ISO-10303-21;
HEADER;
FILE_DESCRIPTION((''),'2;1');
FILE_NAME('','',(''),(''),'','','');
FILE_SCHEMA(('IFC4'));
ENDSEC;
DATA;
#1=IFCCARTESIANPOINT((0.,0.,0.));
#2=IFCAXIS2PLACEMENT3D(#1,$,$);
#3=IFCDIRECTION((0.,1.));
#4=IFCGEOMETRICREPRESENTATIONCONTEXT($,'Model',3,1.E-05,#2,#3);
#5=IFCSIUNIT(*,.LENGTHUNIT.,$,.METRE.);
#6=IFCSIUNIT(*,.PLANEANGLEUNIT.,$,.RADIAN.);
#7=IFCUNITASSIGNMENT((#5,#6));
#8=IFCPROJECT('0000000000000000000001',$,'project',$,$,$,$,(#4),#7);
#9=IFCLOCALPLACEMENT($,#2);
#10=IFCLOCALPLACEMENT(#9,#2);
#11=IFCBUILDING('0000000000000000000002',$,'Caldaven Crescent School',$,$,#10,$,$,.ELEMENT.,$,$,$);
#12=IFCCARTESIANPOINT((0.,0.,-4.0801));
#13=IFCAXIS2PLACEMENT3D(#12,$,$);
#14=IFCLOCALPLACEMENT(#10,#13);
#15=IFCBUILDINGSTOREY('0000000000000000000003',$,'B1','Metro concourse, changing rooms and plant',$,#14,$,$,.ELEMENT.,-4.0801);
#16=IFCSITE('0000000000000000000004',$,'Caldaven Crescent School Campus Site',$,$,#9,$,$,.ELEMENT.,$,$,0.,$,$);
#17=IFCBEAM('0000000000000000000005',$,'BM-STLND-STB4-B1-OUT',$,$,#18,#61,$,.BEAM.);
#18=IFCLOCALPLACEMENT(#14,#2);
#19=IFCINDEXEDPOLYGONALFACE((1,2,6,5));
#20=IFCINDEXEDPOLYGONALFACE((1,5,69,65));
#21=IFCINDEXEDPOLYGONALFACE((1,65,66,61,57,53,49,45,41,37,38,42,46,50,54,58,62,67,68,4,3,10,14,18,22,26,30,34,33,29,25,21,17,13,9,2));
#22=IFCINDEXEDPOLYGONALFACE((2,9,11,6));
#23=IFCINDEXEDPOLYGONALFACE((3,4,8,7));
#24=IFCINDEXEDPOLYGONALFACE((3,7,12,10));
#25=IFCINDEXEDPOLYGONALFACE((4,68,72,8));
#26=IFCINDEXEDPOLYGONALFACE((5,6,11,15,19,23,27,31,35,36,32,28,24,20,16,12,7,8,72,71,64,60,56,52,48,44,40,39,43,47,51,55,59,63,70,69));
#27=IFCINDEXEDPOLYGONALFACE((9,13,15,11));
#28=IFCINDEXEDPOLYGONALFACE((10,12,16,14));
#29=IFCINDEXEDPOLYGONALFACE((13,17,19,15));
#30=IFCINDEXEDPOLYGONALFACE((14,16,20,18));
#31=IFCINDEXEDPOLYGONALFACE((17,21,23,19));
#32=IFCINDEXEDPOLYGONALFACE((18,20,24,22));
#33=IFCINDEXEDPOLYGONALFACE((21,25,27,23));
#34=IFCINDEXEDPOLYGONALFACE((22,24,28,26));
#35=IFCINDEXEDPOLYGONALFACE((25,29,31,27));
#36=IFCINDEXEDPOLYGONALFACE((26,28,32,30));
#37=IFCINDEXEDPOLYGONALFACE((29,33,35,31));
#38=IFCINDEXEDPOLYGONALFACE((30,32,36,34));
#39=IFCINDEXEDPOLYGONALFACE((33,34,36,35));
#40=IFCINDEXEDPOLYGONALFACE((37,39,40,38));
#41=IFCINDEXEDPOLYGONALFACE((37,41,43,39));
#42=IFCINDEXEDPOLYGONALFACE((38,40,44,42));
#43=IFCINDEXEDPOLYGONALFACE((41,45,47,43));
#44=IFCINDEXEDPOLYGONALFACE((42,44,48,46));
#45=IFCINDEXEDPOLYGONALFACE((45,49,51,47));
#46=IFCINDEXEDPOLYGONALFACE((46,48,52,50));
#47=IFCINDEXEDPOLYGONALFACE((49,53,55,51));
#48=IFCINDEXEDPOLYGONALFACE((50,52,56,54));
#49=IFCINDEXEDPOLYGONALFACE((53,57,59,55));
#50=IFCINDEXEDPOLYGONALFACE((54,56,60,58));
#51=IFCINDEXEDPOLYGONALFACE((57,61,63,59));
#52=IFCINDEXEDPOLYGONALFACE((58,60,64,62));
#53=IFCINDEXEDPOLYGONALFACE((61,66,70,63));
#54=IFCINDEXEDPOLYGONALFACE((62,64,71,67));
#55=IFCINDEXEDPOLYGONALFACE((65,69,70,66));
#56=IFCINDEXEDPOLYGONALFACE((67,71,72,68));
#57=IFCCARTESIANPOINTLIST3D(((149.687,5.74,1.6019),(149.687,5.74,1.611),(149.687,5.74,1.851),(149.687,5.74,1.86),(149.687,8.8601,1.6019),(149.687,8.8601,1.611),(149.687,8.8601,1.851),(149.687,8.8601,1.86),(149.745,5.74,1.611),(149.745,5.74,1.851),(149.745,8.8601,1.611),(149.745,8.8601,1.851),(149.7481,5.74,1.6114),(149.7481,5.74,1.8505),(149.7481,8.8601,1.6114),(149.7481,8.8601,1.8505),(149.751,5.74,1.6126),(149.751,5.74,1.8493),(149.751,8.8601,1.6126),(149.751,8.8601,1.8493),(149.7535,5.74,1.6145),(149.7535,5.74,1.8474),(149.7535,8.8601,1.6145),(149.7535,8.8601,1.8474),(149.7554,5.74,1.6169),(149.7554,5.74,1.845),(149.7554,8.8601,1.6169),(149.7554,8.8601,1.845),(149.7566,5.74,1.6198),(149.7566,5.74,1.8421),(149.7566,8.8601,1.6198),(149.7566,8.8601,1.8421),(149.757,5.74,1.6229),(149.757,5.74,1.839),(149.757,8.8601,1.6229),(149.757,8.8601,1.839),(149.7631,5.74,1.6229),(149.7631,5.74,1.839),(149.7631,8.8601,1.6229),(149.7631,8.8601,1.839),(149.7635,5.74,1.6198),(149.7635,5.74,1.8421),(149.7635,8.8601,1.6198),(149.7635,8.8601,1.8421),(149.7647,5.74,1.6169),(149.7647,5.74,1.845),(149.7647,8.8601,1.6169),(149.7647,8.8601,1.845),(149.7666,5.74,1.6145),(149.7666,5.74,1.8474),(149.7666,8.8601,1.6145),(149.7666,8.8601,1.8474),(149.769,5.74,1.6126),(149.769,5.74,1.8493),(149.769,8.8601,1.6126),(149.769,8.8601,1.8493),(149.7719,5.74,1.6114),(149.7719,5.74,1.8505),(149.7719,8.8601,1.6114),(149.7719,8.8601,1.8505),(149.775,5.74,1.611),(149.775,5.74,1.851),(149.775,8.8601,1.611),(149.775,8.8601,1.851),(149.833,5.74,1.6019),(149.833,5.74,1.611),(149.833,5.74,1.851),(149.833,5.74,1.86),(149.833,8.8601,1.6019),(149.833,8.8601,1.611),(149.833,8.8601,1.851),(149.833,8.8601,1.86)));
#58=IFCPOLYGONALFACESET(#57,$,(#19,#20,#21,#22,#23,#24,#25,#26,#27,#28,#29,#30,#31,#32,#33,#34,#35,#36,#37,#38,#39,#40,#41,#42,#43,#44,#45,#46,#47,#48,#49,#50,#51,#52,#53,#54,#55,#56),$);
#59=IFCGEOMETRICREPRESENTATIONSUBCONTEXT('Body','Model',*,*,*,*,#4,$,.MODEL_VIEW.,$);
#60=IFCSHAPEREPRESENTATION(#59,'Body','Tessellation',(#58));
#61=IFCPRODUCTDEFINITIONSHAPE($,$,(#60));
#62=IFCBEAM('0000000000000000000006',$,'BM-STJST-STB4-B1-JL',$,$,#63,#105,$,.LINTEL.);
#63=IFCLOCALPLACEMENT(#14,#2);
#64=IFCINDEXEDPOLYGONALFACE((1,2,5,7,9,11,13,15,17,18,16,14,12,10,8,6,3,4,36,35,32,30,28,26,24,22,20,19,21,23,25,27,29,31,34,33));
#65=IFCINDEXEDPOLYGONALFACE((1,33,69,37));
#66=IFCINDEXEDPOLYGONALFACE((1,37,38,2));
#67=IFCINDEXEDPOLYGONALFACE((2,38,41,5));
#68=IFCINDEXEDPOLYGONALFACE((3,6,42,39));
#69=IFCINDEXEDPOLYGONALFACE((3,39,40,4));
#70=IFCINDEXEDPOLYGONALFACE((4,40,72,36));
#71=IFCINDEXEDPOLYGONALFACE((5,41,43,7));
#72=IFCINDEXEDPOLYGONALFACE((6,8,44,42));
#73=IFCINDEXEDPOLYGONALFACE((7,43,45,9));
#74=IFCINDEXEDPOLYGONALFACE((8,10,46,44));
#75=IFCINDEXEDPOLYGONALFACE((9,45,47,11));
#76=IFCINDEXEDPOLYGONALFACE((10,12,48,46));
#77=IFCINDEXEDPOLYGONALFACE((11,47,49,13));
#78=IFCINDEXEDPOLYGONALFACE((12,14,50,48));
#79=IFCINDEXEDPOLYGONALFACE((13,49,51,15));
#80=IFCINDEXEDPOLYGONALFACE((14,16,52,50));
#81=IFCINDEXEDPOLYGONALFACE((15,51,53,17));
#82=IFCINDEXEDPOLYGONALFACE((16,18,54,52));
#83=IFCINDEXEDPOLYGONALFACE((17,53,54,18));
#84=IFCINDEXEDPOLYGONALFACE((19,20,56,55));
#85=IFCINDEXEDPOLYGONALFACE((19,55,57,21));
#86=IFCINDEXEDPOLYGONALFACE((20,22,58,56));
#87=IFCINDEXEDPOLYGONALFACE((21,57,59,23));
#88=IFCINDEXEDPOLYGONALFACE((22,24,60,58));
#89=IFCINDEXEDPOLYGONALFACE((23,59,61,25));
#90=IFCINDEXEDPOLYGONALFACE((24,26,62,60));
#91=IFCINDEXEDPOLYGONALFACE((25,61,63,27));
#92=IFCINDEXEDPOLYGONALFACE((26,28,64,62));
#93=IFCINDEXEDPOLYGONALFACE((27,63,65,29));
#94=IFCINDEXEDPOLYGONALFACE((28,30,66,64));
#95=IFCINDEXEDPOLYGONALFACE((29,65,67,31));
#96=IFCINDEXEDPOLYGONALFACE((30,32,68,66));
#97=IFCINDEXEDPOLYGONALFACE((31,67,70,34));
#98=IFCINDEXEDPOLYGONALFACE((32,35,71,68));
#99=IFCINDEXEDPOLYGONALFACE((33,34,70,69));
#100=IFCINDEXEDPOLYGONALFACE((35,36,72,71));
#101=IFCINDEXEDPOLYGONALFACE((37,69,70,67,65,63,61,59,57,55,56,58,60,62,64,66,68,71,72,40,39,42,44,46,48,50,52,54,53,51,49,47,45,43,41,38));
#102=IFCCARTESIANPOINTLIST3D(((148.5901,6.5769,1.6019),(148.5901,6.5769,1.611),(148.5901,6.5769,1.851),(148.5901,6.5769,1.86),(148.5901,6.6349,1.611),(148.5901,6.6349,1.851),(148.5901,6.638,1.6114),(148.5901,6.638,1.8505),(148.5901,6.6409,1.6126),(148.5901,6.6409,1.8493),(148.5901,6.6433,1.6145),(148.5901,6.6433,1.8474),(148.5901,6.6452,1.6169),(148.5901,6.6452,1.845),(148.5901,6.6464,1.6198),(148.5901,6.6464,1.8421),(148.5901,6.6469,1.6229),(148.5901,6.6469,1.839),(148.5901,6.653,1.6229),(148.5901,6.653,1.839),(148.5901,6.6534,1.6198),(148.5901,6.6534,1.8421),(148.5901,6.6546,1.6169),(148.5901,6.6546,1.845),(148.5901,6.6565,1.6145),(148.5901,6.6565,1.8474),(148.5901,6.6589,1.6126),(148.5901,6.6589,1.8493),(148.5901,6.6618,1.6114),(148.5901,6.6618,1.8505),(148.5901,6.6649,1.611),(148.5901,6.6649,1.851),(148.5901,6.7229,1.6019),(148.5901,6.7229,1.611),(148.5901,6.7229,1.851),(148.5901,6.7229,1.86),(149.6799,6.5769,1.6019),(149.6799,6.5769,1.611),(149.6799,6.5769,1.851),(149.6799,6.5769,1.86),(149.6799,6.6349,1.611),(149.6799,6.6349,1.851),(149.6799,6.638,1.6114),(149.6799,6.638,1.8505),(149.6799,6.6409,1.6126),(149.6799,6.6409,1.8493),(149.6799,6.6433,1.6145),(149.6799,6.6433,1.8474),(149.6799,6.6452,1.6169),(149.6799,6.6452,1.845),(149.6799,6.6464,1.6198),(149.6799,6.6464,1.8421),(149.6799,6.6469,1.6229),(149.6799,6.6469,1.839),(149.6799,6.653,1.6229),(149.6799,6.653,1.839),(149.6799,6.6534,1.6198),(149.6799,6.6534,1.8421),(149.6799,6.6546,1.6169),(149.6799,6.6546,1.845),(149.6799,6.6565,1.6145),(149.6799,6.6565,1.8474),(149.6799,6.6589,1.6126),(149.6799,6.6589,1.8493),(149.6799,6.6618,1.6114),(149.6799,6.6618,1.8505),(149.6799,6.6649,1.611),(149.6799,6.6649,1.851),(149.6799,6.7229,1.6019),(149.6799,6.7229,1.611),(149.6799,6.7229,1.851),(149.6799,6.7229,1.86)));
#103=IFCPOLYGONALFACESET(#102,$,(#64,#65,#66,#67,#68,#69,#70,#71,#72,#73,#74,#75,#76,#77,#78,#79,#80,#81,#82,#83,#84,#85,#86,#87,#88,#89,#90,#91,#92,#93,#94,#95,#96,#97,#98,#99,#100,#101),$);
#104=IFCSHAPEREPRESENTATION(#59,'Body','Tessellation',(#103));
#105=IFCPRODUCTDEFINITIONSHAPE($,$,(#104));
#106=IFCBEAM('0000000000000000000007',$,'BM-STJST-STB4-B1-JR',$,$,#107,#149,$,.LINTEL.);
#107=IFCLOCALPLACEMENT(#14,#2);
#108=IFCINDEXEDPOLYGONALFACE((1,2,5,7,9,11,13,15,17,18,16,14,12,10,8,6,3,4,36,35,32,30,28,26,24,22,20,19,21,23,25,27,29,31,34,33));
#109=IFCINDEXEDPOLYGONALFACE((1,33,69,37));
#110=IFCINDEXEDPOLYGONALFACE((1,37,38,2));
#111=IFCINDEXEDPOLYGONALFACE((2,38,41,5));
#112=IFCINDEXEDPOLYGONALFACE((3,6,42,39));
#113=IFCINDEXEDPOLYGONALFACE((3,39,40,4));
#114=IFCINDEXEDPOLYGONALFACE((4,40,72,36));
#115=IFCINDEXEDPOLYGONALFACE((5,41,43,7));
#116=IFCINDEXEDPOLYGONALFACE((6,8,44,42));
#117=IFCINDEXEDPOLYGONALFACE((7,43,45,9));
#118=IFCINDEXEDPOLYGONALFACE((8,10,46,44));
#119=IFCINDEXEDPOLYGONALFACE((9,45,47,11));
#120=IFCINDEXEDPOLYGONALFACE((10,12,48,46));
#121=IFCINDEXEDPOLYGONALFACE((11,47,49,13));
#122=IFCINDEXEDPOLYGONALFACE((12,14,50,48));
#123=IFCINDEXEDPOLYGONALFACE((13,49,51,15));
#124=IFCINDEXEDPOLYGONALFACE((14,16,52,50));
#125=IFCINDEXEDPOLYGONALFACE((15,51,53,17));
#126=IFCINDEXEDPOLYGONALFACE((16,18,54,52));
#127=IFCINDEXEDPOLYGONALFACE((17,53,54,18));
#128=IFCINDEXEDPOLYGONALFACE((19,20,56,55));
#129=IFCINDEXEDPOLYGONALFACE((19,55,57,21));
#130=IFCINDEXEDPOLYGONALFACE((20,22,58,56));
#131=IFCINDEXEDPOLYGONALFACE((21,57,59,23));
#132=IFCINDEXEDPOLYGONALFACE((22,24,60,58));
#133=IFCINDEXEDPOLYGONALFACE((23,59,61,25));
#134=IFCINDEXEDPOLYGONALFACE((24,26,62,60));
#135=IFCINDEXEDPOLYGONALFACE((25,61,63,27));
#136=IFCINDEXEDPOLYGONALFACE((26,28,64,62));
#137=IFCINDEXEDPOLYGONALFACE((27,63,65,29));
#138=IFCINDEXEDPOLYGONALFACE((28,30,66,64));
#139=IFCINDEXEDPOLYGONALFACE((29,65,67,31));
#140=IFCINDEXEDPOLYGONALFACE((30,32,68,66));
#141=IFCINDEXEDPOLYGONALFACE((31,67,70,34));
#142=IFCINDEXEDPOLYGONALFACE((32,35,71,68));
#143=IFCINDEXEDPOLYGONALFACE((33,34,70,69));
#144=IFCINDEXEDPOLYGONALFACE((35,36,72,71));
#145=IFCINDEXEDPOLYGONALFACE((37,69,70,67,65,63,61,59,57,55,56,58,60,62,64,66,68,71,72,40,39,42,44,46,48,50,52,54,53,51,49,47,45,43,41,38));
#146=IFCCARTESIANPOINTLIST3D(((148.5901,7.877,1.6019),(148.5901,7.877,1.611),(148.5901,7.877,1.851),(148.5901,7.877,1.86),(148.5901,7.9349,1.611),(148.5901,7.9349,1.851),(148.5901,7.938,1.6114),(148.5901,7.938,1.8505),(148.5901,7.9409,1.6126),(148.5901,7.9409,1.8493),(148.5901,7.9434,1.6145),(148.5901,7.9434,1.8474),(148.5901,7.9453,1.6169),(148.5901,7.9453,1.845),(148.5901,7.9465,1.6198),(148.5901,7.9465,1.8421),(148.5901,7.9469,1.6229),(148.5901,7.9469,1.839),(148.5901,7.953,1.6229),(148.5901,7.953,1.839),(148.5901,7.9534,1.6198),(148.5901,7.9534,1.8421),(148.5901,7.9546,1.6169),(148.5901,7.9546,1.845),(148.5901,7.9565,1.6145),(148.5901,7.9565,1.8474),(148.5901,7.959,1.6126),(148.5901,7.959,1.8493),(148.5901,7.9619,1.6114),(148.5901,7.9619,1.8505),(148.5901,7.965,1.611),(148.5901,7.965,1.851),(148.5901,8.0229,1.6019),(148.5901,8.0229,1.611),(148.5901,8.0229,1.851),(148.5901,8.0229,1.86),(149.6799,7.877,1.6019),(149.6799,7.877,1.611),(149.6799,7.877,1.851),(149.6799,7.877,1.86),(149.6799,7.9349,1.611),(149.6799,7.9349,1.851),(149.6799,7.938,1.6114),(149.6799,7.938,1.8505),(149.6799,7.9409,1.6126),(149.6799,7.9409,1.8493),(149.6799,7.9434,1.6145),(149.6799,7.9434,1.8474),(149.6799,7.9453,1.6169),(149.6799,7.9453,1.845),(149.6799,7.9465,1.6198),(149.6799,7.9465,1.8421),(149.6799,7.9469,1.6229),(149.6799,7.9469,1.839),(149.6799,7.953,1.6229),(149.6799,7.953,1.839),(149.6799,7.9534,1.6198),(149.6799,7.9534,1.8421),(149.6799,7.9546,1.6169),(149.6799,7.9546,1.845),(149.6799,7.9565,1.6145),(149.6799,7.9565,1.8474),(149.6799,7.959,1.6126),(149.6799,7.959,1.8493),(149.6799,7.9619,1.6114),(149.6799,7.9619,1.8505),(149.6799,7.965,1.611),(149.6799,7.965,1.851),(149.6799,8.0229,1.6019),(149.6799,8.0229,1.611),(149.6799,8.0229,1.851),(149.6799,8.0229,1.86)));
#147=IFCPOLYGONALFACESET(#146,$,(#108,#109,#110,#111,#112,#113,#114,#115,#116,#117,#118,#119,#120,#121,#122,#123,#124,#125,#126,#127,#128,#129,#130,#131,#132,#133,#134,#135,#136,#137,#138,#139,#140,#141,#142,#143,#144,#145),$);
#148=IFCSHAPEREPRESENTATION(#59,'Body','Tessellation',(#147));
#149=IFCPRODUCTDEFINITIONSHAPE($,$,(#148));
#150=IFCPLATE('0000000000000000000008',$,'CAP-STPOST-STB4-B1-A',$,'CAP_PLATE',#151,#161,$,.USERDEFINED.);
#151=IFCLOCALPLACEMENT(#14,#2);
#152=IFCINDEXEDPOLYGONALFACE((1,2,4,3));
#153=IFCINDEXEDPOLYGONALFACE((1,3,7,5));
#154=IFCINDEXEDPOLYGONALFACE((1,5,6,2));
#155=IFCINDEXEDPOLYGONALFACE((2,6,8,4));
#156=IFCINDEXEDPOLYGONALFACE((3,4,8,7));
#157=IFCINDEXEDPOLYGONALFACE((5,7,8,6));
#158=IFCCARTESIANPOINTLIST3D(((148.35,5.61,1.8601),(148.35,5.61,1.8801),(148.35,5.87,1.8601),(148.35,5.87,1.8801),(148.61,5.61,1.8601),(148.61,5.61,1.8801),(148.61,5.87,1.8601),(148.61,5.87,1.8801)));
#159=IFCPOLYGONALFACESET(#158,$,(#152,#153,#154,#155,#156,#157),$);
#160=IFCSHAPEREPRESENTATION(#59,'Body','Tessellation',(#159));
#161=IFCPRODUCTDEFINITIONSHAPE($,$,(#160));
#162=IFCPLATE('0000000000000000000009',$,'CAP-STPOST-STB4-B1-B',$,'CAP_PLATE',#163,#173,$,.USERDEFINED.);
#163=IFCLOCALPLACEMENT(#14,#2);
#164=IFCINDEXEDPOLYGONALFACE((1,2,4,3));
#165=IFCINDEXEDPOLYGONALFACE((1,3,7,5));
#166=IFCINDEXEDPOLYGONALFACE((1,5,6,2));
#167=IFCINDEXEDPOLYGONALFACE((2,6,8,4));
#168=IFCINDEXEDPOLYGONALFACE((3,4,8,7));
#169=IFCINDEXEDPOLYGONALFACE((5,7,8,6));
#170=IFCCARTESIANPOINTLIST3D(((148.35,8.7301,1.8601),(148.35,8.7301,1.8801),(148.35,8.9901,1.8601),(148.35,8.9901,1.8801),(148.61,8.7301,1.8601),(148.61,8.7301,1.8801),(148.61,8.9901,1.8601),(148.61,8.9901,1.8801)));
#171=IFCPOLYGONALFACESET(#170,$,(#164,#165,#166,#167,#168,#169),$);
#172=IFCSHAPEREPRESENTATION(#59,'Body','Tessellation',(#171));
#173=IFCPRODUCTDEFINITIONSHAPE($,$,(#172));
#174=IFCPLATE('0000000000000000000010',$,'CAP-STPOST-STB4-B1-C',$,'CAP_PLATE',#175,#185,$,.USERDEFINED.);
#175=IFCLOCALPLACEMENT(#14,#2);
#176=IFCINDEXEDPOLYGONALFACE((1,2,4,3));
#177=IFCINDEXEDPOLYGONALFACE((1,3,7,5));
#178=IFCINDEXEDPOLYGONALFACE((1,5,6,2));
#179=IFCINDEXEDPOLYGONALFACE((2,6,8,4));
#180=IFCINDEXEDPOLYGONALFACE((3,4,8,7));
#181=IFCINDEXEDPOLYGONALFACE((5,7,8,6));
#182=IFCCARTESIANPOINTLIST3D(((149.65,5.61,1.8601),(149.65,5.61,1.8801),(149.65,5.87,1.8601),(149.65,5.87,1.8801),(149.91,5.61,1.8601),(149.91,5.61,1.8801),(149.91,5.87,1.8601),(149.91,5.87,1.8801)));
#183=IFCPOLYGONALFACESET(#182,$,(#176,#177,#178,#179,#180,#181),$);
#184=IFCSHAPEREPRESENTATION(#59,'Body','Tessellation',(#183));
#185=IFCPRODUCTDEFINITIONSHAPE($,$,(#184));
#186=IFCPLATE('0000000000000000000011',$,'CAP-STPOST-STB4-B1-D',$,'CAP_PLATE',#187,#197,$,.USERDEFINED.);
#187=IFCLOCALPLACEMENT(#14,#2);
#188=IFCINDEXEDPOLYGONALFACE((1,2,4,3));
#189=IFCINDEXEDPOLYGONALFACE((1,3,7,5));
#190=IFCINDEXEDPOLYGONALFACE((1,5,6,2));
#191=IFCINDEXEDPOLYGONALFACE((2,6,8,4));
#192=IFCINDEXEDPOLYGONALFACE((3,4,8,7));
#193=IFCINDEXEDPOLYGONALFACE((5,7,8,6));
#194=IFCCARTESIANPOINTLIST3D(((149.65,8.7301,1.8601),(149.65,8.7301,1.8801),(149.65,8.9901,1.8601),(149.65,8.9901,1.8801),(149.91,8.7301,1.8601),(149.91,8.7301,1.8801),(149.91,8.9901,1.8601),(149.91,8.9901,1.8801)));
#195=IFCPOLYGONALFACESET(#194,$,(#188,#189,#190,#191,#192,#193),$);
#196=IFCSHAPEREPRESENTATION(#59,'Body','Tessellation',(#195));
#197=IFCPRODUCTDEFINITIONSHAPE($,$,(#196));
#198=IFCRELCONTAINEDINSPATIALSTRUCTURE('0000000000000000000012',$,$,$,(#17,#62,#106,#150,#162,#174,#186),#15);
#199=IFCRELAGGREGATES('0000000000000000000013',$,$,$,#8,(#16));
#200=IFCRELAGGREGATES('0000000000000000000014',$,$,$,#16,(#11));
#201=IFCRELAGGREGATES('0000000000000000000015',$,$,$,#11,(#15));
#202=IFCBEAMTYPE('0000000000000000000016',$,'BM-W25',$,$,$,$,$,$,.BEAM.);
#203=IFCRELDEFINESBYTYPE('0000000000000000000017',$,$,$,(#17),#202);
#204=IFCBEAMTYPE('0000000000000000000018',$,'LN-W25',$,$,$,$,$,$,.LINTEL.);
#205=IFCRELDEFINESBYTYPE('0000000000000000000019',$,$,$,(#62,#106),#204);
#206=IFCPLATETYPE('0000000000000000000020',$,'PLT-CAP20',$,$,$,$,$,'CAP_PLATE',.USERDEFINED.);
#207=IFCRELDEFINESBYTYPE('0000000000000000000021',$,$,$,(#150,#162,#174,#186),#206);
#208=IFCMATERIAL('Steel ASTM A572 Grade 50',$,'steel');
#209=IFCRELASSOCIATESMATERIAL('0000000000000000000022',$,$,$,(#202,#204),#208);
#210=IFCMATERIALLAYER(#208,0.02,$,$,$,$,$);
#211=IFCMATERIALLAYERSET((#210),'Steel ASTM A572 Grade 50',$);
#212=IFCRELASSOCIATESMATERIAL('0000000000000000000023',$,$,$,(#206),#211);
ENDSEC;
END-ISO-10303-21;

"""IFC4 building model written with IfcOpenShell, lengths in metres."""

from ifc_helpers import new_model, si_unit, direction, frame, origin, origin_2d, place, context, subcontext, project, spatial, rectangle, i_section, extrude, material, layer, layer_set, material_profile, profile_set, type_object, element, save


model = new_model("IFC4")

# Units and contexts
model_context = context("Model", 3, precision=1e-05, world=origin(), true_north=direction((0.0, 1.0)))
body_context = subcontext(model_context, "Body", "Model", "MODEL_VIEW")
ifc_project = project(units=[si_unit("LENGTHUNIT", "METRE"), si_unit("PLANEANGLEUNIT", "RADIAN")], contexts=[model_context])

# Site, building, storey
site_placement = place(None, origin())
site = spatial("IfcSite", under=ifc_project, at=site_placement, Name="Caldaven Crescent School Campus Site", CompositionType="ELEMENT", RefElevation=0.0)
building_placement = place(site_placement, origin())
building = spatial("IfcBuilding", under=site, at=building_placement, Name="Caldaven Crescent School", CompositionType="ELEMENT")
storey_placement = place(building_placement, frame((0.0, 0.0, -4.0801)))
storey = spatial("IfcBuildingStorey", under=building, at=storey_placement, Name="B1", Description="Metro concourse, changing rooms and plant", CompositionType="ELEMENT", Elevation=-4.0801)

# Shared definitions
ifc_material_1 = material(Name="Steel ASTM A572 Grade 50", Category="steel")

# Beams
ifc_material_profile_1 = material_profile(ifc_material_1, i_section(OverallWidth=0.146, OverallDepth=0.2581, WebThickness=0.0061, FlangeThickness=0.009, FilletRadius=0.012, at=origin_2d()), Name="W250x33")
ifc_profile_set_1 = profile_set([ifc_material_profile_1], Name="Steel ASTM A572 Grade 50")
beam_type_1 = type_object("IfcBeamType", Name="BM-W25", PredefinedType="BEAM", material=ifc_profile_set_1)
for number, where, z_axis, x_axis, name in (
    (1, (149.76, 5.74, 1.731), (0.0, 1.0, 0.0), (-1.0, 0.0, 0.0), "BM-STLND-STB4-B1-OUT"),
):
    element("IfcBeam", number, at=place(storey_placement, frame(where, z_axis=z_axis, x_axis=x_axis)), inside=storey, type_object=beam_type_1, Name=name, PredefinedType="BEAM", context=body_context, shape_type="SweptSolid", body=[
        extrude(i_section(OverallWidth=0.146, OverallDepth=0.2581, WebThickness=0.0061, FlangeThickness=0.009, FilletRadius=0.012, at=origin_2d()), origin(), (0.0, 0.0, 1.0), 3.1201),
    ])
ifc_material_profile_2 = material_profile(ifc_material_1, i_section(OverallWidth=0.146, OverallDepth=0.2581, WebThickness=0.0061, FlangeThickness=0.009, FilletRadius=0.012, at=origin_2d()), Name="W250x33")
ifc_profile_set_2 = profile_set([ifc_material_profile_2], Name="Steel ASTM A572 Grade 50")
beam_type_2 = type_object("IfcBeamType", Name="LN-W25", PredefinedType="LINTEL", material=ifc_profile_set_2)
for number, where, z_axis, x_axis, name in (
    (2, (148.5901, 6.6499, 1.731), (1.0, 0.0, 0.0), (0.0, 1.0, 0.0), "BM-STJST-STB4-B1-JL"),
    (3, (148.5901, 7.95, 1.731), (1.0, 0.0, 0.0), (0.0, 1.0, 0.0), "BM-STJST-STB4-B1-JR"),
):
    element("IfcBeam", number, at=place(storey_placement, frame(where, z_axis=z_axis, x_axis=x_axis)), inside=storey, type_object=beam_type_2, Name=name, PredefinedType="LINTEL", context=body_context, shape_type="SweptSolid", body=[
        extrude(i_section(OverallWidth=0.146, OverallDepth=0.2581, WebThickness=0.0061, FlangeThickness=0.009, FilletRadius=0.012, at=origin_2d()), origin(), (0.0, 0.0, 1.0), 1.0898),
    ])

# Plates
ifc_layer_1 = layer(ifc_material_1, 0.02)
ifc_layer_set_1 = layer_set([ifc_layer_1], Name="Steel ASTM A572 Grade 50")
plate_type = type_object("IfcPlateType", Name="PLT-CAP20", ElementType="CAP_PLATE", PredefinedType="USERDEFINED", material=ifc_layer_set_1)
for number, where, z_axis, x_axis, name in (
    (4, (148.48, 5.74, 1.8601), (0.0, 0.0, 1.0), (1.0, 0.0, 0.0), "CAP-STPOST-STB4-B1-A"),
    (5, (148.48, 8.8601, 1.8601), (0.0, 0.0, 1.0), (1.0, 0.0, 0.0), "CAP-STPOST-STB4-B1-B"),
    (6, (149.78, 5.74, 1.8601), (0.0, 0.0, 1.0), (1.0, 0.0, 0.0), "CAP-STPOST-STB4-B1-C"),
    (7, (149.78, 8.8601, 1.8601), (0.0, 0.0, 1.0), (1.0, 0.0, 0.0), "CAP-STPOST-STB4-B1-D"),
):
    element("IfcPlate", number, at=place(storey_placement, frame(where, z_axis=z_axis, x_axis=x_axis)), inside=storey, type_object=plate_type, Name=name, ObjectType="CAP_PLATE", PredefinedType="USERDEFINED", context=body_context, shape_type="SweptSolid", body=[
        extrude(rectangle(XDim=0.26, YDim=0.26, at=origin_2d()), origin(), (0.0, 0.0, 1.0), 0.02),
    ])

save(model, "model.ifc")
